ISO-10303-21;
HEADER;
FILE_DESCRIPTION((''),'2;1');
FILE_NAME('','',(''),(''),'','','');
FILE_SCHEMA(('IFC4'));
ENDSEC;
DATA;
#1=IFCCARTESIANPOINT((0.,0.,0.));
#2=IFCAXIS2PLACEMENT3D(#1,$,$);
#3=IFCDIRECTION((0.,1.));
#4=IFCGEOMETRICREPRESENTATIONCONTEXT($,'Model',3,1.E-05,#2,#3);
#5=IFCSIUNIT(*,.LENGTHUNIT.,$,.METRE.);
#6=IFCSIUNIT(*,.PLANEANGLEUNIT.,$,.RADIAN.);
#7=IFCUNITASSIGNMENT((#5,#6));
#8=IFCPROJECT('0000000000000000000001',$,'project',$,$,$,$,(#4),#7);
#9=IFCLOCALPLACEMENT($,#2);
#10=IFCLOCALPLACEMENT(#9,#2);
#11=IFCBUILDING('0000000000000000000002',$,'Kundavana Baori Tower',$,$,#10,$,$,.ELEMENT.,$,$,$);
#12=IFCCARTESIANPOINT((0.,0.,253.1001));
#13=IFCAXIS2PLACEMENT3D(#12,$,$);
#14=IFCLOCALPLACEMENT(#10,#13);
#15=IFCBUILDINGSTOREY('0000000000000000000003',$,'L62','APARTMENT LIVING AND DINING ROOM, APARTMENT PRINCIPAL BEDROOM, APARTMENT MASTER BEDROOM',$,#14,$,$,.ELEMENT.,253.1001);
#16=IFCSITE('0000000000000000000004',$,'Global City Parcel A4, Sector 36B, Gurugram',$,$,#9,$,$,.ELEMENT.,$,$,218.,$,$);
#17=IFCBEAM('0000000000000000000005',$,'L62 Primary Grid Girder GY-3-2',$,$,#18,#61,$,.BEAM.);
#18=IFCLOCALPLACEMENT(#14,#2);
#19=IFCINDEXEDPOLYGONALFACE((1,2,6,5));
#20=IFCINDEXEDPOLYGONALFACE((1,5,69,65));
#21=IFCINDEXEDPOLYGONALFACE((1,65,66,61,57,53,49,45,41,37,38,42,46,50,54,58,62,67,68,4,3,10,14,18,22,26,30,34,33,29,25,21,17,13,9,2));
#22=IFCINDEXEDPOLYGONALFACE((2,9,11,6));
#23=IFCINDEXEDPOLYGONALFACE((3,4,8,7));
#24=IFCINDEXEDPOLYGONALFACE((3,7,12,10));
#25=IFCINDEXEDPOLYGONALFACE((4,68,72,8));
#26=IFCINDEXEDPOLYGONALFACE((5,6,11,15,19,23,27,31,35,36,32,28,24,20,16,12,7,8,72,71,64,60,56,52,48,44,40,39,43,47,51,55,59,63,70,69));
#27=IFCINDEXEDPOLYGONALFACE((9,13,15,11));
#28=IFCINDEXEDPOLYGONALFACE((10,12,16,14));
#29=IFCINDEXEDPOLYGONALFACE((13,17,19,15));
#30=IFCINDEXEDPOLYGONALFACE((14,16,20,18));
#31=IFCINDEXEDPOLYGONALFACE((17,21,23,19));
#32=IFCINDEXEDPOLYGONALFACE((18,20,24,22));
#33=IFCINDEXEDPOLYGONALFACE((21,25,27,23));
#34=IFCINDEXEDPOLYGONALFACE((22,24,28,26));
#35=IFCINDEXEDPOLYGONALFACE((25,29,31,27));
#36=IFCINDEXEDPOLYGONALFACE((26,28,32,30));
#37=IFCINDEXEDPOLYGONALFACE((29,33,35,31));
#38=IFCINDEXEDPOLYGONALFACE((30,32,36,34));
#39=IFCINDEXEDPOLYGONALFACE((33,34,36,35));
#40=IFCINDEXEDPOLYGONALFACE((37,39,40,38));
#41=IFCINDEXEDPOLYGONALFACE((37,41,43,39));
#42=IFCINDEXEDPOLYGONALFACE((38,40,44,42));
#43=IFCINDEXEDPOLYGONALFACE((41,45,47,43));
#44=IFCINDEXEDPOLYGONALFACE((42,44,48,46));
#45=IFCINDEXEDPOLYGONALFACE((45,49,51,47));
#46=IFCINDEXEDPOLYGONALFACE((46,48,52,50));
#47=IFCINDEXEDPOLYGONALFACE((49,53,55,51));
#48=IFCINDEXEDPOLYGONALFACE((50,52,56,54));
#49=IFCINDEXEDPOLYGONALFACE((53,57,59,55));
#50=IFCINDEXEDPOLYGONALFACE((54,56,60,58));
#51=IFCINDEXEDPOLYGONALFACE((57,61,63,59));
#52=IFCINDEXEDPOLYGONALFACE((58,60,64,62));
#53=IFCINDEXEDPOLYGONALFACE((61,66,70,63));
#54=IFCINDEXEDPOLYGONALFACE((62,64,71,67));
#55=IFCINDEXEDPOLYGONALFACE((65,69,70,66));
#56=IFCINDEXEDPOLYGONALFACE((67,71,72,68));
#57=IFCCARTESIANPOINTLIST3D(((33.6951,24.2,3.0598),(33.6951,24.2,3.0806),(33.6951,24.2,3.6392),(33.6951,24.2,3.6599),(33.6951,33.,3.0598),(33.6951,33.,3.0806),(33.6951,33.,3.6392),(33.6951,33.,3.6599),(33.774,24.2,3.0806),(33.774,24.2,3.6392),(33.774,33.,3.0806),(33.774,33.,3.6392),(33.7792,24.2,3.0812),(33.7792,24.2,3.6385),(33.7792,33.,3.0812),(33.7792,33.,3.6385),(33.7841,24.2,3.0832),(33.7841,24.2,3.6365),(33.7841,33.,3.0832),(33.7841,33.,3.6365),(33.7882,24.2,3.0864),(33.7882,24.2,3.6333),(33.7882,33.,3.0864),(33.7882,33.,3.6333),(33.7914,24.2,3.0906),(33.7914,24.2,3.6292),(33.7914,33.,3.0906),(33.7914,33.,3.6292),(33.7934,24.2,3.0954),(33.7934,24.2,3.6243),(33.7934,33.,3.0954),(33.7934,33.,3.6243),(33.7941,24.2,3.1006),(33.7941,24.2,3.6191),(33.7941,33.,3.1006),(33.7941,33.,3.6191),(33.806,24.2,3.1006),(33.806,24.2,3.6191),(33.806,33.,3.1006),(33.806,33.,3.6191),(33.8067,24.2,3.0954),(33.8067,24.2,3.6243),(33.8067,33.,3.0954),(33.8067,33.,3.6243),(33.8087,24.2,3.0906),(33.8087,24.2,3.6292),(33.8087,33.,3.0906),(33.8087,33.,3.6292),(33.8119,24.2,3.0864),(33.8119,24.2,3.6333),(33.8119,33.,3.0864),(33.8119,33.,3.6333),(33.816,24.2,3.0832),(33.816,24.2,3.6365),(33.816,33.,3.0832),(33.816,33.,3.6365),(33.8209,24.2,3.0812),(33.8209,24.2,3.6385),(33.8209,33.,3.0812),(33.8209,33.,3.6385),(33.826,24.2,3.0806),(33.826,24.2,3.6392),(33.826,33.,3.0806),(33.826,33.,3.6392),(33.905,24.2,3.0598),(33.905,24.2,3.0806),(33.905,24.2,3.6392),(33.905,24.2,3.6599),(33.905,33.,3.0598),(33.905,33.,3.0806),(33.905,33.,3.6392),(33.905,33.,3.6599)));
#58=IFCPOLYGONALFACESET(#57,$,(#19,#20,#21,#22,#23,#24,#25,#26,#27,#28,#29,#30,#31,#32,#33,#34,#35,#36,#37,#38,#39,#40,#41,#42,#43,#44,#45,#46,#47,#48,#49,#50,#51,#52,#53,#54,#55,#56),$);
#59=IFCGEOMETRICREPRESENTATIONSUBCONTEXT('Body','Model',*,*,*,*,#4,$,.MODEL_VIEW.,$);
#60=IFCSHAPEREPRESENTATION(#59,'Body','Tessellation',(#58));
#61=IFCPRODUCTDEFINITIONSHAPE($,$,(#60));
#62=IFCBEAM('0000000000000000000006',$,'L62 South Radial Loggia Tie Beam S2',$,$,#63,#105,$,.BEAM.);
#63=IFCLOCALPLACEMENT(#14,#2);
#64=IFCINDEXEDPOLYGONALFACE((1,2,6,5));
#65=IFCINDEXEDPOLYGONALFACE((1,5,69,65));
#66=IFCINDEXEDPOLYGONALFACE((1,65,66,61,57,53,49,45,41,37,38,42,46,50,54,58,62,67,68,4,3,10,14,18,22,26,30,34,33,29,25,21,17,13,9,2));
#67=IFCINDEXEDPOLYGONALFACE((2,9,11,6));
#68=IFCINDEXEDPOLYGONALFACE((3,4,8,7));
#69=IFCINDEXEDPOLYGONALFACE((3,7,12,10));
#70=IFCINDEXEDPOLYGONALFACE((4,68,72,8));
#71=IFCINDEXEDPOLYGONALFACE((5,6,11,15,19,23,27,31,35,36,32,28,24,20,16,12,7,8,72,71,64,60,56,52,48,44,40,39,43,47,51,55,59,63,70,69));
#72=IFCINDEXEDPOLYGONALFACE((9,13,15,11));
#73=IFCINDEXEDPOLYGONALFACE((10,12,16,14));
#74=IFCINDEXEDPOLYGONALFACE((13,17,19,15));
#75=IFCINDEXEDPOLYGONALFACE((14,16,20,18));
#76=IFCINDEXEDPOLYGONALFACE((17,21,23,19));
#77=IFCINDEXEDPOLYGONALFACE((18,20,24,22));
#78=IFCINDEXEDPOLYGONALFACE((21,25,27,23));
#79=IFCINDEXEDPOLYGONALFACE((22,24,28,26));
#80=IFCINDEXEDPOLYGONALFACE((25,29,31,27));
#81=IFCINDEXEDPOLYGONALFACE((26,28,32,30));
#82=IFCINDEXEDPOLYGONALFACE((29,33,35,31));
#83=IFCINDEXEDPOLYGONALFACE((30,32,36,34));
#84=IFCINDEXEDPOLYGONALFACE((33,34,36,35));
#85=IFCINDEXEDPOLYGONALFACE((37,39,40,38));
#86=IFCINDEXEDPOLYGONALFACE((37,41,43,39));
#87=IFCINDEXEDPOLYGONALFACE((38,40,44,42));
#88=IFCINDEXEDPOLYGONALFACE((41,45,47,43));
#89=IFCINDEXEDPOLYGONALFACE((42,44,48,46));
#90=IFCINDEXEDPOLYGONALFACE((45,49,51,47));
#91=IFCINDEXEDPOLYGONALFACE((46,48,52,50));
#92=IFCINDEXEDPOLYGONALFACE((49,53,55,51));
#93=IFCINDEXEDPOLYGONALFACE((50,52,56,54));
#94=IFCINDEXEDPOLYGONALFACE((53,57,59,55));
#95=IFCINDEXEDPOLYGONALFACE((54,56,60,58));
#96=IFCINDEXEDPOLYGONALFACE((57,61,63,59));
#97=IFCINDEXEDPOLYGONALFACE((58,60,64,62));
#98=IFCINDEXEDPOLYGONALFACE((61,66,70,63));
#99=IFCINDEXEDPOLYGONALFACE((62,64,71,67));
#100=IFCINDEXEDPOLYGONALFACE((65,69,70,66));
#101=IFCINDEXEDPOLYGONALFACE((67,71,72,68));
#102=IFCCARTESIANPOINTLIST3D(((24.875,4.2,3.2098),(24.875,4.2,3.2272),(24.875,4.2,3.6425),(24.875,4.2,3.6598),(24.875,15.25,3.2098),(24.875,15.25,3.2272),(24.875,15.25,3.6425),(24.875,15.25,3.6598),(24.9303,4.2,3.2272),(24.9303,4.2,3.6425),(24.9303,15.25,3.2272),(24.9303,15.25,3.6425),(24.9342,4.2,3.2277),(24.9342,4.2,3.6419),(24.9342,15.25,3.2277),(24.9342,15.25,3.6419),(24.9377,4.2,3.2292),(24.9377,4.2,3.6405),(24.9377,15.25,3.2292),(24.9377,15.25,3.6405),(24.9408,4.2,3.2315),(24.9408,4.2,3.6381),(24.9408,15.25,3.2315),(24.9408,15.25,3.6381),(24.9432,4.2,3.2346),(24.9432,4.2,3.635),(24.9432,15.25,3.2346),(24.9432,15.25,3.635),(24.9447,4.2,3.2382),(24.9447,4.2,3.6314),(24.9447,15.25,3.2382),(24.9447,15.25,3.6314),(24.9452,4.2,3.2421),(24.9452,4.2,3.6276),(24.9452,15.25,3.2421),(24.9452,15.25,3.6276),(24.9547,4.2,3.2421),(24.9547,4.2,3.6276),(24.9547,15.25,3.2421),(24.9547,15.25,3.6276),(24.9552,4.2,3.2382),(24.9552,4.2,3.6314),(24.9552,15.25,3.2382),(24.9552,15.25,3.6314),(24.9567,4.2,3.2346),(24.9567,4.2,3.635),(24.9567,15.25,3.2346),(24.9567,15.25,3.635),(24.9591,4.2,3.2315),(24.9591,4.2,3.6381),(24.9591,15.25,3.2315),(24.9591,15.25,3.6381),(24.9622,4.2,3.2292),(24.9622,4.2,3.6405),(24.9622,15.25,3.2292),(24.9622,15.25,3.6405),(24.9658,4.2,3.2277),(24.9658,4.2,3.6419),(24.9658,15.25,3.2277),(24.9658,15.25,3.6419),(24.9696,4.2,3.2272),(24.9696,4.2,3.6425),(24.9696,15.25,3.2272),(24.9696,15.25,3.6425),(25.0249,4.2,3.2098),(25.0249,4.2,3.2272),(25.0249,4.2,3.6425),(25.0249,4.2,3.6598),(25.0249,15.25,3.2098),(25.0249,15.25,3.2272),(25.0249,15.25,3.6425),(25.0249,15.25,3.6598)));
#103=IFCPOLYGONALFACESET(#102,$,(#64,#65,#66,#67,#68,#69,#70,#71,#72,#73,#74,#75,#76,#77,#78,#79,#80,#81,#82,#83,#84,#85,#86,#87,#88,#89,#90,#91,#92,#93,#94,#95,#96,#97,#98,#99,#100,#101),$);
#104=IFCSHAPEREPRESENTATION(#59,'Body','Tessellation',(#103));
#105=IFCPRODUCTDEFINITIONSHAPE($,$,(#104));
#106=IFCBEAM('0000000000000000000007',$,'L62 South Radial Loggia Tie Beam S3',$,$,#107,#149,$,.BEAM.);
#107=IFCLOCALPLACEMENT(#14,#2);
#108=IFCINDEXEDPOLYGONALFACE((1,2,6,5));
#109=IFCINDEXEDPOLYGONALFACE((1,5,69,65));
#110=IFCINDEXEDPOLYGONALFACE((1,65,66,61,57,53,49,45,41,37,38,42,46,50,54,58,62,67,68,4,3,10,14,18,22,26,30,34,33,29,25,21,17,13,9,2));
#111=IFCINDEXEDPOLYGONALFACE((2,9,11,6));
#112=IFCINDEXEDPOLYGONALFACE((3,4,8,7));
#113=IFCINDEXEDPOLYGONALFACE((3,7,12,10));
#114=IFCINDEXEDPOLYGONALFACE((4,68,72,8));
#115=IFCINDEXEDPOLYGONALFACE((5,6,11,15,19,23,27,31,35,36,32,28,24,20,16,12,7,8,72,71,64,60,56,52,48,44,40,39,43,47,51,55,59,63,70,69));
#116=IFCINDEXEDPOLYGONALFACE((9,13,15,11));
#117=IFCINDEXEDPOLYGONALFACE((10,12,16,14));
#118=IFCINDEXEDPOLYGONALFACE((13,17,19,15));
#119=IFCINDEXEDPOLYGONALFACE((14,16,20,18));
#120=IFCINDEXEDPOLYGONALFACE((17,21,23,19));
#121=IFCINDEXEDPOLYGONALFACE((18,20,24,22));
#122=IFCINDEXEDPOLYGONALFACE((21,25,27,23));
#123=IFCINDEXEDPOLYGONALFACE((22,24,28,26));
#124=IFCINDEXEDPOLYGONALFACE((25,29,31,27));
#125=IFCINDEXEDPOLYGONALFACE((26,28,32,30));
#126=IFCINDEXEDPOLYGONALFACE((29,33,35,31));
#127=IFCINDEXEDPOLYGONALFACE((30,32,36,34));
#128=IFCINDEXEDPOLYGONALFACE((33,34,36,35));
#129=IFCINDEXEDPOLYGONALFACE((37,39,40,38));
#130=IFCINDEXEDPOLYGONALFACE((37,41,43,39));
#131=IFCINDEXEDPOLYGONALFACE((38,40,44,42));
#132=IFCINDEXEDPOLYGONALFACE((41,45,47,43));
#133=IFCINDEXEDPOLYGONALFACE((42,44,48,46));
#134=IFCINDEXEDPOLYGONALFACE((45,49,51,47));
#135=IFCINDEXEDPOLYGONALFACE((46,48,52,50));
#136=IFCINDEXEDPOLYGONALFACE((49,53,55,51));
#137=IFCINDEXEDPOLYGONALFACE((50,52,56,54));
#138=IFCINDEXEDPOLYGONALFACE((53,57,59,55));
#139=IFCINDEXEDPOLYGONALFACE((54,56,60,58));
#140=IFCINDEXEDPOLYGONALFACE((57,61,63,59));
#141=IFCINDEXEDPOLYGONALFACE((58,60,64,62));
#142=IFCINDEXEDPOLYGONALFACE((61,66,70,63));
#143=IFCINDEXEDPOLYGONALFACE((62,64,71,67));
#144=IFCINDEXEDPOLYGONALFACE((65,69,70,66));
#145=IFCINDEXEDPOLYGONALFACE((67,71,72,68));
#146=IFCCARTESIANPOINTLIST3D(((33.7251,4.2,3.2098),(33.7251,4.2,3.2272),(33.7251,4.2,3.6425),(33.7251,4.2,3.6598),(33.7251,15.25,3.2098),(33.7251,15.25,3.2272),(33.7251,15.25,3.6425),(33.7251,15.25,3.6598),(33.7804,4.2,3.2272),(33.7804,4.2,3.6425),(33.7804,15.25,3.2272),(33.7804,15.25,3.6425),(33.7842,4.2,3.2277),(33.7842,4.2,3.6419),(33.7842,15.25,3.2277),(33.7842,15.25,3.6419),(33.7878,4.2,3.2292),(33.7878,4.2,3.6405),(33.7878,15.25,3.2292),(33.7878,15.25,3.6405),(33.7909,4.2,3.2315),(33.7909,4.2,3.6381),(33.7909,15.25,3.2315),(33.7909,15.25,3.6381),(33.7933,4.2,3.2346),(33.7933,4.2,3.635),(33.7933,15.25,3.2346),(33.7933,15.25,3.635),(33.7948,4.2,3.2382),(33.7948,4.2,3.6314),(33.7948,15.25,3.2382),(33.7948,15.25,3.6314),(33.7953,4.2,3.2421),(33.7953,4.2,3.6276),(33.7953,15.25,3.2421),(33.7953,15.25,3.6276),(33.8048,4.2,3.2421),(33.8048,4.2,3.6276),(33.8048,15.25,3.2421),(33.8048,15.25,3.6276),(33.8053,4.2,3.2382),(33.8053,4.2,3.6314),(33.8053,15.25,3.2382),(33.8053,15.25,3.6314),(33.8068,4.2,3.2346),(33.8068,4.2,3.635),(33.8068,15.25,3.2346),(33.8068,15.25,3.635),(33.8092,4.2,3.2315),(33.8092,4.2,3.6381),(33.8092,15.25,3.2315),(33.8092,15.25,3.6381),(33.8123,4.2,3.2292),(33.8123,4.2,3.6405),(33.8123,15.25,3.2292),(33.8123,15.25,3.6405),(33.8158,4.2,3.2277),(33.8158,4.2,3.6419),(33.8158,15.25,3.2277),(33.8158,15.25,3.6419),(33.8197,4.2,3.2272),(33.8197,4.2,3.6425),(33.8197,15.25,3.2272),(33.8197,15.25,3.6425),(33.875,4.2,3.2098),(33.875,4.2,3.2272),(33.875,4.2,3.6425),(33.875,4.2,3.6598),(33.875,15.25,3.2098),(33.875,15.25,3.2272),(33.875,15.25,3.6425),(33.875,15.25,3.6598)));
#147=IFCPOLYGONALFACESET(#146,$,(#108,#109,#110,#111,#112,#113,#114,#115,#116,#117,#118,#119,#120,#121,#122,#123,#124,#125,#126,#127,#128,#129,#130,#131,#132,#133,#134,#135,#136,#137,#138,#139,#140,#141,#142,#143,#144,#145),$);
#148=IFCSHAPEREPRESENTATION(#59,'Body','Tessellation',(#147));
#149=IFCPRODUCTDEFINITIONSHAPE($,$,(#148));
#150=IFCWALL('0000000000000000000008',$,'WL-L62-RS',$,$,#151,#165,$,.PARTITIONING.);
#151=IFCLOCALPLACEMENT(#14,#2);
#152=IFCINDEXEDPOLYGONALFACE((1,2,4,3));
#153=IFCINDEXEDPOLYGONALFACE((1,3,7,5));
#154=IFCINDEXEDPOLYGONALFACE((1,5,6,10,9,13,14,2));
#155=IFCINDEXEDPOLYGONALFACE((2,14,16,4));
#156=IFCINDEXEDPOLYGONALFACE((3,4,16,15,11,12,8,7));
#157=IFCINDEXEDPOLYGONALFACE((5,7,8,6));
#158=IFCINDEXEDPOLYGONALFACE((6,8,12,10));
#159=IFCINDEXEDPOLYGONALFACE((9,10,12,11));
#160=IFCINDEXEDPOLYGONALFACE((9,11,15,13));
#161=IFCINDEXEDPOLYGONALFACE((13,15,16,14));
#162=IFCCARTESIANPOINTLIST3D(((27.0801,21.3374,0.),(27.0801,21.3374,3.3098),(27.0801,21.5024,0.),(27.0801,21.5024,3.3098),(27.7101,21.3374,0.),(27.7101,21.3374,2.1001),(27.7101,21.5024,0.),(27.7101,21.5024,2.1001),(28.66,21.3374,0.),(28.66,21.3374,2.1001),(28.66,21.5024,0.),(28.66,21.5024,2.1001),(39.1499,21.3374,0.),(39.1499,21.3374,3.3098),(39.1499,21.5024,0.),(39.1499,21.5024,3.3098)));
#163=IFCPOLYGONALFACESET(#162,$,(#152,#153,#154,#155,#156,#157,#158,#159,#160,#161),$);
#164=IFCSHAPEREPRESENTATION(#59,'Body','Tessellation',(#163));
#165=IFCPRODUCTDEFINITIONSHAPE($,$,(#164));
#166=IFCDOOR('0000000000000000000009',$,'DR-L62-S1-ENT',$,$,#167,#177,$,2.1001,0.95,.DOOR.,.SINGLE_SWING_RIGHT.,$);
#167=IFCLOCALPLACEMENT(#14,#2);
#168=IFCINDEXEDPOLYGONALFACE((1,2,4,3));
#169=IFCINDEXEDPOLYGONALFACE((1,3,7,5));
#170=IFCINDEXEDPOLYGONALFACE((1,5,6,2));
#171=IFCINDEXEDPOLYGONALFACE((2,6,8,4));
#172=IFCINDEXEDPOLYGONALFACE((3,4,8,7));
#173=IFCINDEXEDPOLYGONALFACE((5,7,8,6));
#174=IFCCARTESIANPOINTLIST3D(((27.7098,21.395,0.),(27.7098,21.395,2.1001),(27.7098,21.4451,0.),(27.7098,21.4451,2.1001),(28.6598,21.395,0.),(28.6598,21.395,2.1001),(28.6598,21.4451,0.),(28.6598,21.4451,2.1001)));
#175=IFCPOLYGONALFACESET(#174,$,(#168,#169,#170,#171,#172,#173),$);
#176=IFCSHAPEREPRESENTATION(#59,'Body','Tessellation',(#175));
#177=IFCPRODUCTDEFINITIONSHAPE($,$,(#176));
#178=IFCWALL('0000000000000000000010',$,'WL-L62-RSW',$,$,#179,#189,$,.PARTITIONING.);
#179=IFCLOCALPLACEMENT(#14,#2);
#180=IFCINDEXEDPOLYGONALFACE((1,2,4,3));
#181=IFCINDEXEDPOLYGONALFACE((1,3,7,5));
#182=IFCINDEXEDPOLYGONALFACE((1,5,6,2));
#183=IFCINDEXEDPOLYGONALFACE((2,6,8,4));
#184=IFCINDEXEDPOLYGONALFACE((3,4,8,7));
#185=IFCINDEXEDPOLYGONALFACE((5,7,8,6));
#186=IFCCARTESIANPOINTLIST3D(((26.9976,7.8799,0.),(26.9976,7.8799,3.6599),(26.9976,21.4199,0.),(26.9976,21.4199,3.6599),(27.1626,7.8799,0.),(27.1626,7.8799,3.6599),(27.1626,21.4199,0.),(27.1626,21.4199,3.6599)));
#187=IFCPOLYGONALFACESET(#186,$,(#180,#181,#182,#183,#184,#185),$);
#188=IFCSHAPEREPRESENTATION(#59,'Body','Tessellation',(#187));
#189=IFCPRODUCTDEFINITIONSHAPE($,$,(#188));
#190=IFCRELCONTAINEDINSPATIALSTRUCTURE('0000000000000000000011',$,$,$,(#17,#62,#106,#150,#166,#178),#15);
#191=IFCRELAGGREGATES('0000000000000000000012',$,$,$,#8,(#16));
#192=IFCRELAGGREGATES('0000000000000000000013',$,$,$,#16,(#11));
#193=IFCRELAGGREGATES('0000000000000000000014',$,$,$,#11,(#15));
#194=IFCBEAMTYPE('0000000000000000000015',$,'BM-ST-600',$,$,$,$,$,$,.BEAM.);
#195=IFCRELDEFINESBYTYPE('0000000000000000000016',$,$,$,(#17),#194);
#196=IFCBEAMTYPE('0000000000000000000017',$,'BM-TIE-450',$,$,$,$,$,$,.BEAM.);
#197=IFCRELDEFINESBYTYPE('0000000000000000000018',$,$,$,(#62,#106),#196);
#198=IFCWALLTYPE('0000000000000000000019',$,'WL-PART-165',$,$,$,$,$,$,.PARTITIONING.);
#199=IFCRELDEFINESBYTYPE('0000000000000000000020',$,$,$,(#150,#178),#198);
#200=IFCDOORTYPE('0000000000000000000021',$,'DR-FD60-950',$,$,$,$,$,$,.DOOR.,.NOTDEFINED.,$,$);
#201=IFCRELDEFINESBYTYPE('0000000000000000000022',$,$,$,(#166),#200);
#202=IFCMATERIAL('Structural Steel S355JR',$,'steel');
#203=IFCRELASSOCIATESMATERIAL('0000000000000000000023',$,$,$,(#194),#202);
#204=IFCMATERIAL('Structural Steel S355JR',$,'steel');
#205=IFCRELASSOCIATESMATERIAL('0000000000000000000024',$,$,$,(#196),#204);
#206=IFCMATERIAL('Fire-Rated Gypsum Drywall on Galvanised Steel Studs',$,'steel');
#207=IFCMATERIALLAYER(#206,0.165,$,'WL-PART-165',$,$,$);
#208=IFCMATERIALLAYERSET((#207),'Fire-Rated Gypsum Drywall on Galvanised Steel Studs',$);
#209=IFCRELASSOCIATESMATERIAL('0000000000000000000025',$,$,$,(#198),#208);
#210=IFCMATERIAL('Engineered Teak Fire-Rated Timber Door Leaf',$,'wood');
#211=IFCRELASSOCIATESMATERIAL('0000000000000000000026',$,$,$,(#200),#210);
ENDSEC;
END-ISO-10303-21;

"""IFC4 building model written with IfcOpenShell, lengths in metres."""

from ifc_helpers import new_model, si_unit, direction, frame, frame_2d, origin, origin_2d, place, context, subcontext, project, spatial, rectangle, i_section, extrude, material, layer, layer_set, material_profile, profile_set, type_object, element, fill, save


model = new_model("IFC4")

# Units and contexts
model_context = context("Model", 3, precision=1e-05, world=origin(), true_north=direction((0.0, 1.0)))
body_context = subcontext(model_context, "Body", "Model", "MODEL_VIEW")
ifc_project = project(units=[si_unit("LENGTHUNIT", "METRE"), si_unit("PLANEANGLEUNIT", "RADIAN")], contexts=[model_context])

# Site, building, storey
site_placement = place(None, origin())
site = spatial("IfcSite", under=ifc_project, at=site_placement, Name="Global City Parcel A4, Sector 36B, Gurugram", CompositionType="ELEMENT", RefElevation=218.0)
building_placement = place(site_placement, origin())
building = spatial("IfcBuilding", under=site, at=building_placement, Name="Kundavana Baori Tower", CompositionType="ELEMENT")
storey_placement = place(building_placement, frame((0.0, 0.0, 253.1001)))
storey = spatial("IfcBuildingStorey", under=building, at=storey_placement, Name="L62", Description="APARTMENT LIVING AND DINING ROOM, APARTMENT PRINCIPAL BEDROOM, APARTMENT MASTER BEDROOM", CompositionType="ELEMENT", Elevation=253.1001)

# Beams
ifc_material_1 = material(Name="Structural Steel S355JR", Category="steel")
ifc_material_profile_1 = material_profile(ifc_material_1, i_section(OverallWidth=0.21, OverallDepth=0.6001, WebThickness=0.012, FlangeThickness=0.0208, FilletRadius=0.02, at=origin_2d()), Name="ISMB 600")
ifc_profile_set_1 = profile_set([ifc_material_profile_1], Name="Structural Steel S355JR")
beam_type_1 = type_object("IfcBeamType", Name="BM-ST-600", PredefinedType="BEAM", material=ifc_profile_set_1)
beam_1_placement = place(storey_placement, frame((33.8, 24.2, 3.3599), z_axis=(0.0, 1.0, 0.0), x_axis=(-1.0, 0.0, 0.0)))
element("IfcBeam", 1, at=beam_1_placement, inside=storey, type_object=beam_type_1, Name="L62 Primary Grid Girder GY-3-2", PredefinedType="BEAM", context=body_context, shape_type="SweptSolid", body=[
    extrude(i_section(OverallWidth=0.21, OverallDepth=0.6001, WebThickness=0.012, FlangeThickness=0.0208, FilletRadius=0.02, at=origin_2d()), origin(), (0.0, 0.0, 1.0), 8.8),
])
ifc_material_2 = material(Name="Structural Steel S355JR", Category="steel")
ifc_material_profile_2 = material_profile(ifc_material_2, i_section(OverallWidth=0.1499, OverallDepth=0.45, WebThickness=0.0095, FlangeThickness=0.0173, FilletRadius=0.0149, at=origin_2d()), Name="ISMB 450")
ifc_profile_set_2 = profile_set([ifc_material_profile_2], Name="Structural Steel S355JR")
beam_type_2 = type_object("IfcBeamType", Name="BM-TIE-450", PredefinedType="BEAM", material=ifc_profile_set_2)
for number, where, z_axis, x_axis, name in (
    (2, (24.95, 15.25, 3.4348), (0.0, -1.0, 0.0), (1.0, 0.0, 0.0), "L62 South Radial Loggia Tie Beam S2"),
    (3, (33.8, 15.25, 3.4348), (0.0, -1.0, 0.0), (1.0, 0.0, 0.0), "L62 South Radial Loggia Tie Beam S3"),
):
    element("IfcBeam", number, at=place(storey_placement, frame(where, z_axis=z_axis, x_axis=x_axis)), inside=storey, type_object=beam_type_2, Name=name, PredefinedType="BEAM", context=body_context, shape_type="SweptSolid", body=[
        extrude(i_section(OverallWidth=0.1499, OverallDepth=0.45, WebThickness=0.0095, FlangeThickness=0.0173, FilletRadius=0.0149, at=origin_2d()), origin(), (0.0, 0.0, 1.0), 11.05),
    ])

# Wall, opening, door
ifc_material_3 = material(Name="Fire-Rated Gypsum Drywall on Galvanised Steel Studs", Category="steel")
ifc_layer = layer(ifc_material_3, 0.165, Name="WL-PART-165")
ifc_layer_set = layer_set([ifc_layer], Name="Fire-Rated Gypsum Drywall on Galvanised Steel Studs")
wall_type = type_object("IfcWallType", Name="WL-PART-165", PredefinedType="PARTITIONING", material=ifc_layer_set)
wall_1_placement = place(storey_placement, frame((27.0801, 21.4199, 0.0), z_axis=(0.0, 0.0, 1.0), x_axis=(1.0, 0.0, 0.0)))
wall_1 = element("IfcWall", 4, at=wall_1_placement, inside=storey, type_object=wall_type, Name="WL-L62-RS", PredefinedType="PARTITIONING", context=body_context, shape_type="SweptSolid", body=[
    extrude(rectangle(XDim=12.0698, YDim=0.165, at=frame_2d((6.0349, 0.0))), origin(), (0.0, 0.0, 1.0), 3.3098),
])
opening_1_placement = place(wall_1_placement, frame((0.6299, 0.0, 0.0)))
opening_1 = element("IfcOpeningElement", 5, at=opening_1_placement, cuts=wall_1, PredefinedType="OPENING", context=body_context, shape_type="SweptSolid", body=[
    extrude(rectangle(XDim=0.95, YDim=2.1001, at=frame_2d((0.4751, 1.05))), frame((0.0, 0.0925, 0.0), z_axis=(0.0, -1.0, 0.0), x_axis=(1.0, 0.0, 0.0)), (0.0, 0.0, 1.0), 0.1851),
])
ifc_material_4 = material(Name="Engineered Teak Fire-Rated Timber Door Leaf", Category="wood")
door_type_1 = type_object("IfcDoorType", Name="DR-FD60-950", OperationType="NOTDEFINED", PredefinedType="DOOR", material=ifc_material_4)
door_1_placement = place(opening_1_placement, frame((0.95, 0.0, 0.0), z_axis=(0.0, 0.0, 1.0), x_axis=(-1.0, 0.0, 0.0)))
door_1 = element("IfcDoor", 6, at=door_1_placement, inside=storey, type_object=door_type_1, Name="DR-L62-S1-ENT", OperationType="SINGLE_SWING_RIGHT", OverallHeight=2.1001, OverallWidth=0.95, PredefinedType="DOOR", context=body_context, shape_type="SweptSolid", body=[
    extrude(rectangle(XDim=0.95, YDim=2.1001, at=frame_2d((0.4751, 1.05))), frame((0.0, 0.0249, 0.0), z_axis=(0.0, -1.0, 0.0), x_axis=(1.0, 0.0, 0.0)), (0.0, 0.0, 1.0), 0.05),
])
fill(opening_1, door_1)

# Wall
wall_2_placement = place(storey_placement, frame((27.0801, 7.8799, 0.0), z_axis=(0.0, 0.0, 1.0), x_axis=(0.0, 1.0, 0.0)))
element("IfcWall", 7, at=wall_2_placement, inside=storey, type_object=wall_type, Name="WL-L62-RSW", PredefinedType="PARTITIONING", context=body_context, shape_type="SweptSolid", body=[
    extrude(rectangle(XDim=13.54, YDim=0.165, at=frame_2d((6.77, 0.0))), origin(), (0.0, 0.0, 1.0), 3.6599),
])

save(model, "model.ifc")
